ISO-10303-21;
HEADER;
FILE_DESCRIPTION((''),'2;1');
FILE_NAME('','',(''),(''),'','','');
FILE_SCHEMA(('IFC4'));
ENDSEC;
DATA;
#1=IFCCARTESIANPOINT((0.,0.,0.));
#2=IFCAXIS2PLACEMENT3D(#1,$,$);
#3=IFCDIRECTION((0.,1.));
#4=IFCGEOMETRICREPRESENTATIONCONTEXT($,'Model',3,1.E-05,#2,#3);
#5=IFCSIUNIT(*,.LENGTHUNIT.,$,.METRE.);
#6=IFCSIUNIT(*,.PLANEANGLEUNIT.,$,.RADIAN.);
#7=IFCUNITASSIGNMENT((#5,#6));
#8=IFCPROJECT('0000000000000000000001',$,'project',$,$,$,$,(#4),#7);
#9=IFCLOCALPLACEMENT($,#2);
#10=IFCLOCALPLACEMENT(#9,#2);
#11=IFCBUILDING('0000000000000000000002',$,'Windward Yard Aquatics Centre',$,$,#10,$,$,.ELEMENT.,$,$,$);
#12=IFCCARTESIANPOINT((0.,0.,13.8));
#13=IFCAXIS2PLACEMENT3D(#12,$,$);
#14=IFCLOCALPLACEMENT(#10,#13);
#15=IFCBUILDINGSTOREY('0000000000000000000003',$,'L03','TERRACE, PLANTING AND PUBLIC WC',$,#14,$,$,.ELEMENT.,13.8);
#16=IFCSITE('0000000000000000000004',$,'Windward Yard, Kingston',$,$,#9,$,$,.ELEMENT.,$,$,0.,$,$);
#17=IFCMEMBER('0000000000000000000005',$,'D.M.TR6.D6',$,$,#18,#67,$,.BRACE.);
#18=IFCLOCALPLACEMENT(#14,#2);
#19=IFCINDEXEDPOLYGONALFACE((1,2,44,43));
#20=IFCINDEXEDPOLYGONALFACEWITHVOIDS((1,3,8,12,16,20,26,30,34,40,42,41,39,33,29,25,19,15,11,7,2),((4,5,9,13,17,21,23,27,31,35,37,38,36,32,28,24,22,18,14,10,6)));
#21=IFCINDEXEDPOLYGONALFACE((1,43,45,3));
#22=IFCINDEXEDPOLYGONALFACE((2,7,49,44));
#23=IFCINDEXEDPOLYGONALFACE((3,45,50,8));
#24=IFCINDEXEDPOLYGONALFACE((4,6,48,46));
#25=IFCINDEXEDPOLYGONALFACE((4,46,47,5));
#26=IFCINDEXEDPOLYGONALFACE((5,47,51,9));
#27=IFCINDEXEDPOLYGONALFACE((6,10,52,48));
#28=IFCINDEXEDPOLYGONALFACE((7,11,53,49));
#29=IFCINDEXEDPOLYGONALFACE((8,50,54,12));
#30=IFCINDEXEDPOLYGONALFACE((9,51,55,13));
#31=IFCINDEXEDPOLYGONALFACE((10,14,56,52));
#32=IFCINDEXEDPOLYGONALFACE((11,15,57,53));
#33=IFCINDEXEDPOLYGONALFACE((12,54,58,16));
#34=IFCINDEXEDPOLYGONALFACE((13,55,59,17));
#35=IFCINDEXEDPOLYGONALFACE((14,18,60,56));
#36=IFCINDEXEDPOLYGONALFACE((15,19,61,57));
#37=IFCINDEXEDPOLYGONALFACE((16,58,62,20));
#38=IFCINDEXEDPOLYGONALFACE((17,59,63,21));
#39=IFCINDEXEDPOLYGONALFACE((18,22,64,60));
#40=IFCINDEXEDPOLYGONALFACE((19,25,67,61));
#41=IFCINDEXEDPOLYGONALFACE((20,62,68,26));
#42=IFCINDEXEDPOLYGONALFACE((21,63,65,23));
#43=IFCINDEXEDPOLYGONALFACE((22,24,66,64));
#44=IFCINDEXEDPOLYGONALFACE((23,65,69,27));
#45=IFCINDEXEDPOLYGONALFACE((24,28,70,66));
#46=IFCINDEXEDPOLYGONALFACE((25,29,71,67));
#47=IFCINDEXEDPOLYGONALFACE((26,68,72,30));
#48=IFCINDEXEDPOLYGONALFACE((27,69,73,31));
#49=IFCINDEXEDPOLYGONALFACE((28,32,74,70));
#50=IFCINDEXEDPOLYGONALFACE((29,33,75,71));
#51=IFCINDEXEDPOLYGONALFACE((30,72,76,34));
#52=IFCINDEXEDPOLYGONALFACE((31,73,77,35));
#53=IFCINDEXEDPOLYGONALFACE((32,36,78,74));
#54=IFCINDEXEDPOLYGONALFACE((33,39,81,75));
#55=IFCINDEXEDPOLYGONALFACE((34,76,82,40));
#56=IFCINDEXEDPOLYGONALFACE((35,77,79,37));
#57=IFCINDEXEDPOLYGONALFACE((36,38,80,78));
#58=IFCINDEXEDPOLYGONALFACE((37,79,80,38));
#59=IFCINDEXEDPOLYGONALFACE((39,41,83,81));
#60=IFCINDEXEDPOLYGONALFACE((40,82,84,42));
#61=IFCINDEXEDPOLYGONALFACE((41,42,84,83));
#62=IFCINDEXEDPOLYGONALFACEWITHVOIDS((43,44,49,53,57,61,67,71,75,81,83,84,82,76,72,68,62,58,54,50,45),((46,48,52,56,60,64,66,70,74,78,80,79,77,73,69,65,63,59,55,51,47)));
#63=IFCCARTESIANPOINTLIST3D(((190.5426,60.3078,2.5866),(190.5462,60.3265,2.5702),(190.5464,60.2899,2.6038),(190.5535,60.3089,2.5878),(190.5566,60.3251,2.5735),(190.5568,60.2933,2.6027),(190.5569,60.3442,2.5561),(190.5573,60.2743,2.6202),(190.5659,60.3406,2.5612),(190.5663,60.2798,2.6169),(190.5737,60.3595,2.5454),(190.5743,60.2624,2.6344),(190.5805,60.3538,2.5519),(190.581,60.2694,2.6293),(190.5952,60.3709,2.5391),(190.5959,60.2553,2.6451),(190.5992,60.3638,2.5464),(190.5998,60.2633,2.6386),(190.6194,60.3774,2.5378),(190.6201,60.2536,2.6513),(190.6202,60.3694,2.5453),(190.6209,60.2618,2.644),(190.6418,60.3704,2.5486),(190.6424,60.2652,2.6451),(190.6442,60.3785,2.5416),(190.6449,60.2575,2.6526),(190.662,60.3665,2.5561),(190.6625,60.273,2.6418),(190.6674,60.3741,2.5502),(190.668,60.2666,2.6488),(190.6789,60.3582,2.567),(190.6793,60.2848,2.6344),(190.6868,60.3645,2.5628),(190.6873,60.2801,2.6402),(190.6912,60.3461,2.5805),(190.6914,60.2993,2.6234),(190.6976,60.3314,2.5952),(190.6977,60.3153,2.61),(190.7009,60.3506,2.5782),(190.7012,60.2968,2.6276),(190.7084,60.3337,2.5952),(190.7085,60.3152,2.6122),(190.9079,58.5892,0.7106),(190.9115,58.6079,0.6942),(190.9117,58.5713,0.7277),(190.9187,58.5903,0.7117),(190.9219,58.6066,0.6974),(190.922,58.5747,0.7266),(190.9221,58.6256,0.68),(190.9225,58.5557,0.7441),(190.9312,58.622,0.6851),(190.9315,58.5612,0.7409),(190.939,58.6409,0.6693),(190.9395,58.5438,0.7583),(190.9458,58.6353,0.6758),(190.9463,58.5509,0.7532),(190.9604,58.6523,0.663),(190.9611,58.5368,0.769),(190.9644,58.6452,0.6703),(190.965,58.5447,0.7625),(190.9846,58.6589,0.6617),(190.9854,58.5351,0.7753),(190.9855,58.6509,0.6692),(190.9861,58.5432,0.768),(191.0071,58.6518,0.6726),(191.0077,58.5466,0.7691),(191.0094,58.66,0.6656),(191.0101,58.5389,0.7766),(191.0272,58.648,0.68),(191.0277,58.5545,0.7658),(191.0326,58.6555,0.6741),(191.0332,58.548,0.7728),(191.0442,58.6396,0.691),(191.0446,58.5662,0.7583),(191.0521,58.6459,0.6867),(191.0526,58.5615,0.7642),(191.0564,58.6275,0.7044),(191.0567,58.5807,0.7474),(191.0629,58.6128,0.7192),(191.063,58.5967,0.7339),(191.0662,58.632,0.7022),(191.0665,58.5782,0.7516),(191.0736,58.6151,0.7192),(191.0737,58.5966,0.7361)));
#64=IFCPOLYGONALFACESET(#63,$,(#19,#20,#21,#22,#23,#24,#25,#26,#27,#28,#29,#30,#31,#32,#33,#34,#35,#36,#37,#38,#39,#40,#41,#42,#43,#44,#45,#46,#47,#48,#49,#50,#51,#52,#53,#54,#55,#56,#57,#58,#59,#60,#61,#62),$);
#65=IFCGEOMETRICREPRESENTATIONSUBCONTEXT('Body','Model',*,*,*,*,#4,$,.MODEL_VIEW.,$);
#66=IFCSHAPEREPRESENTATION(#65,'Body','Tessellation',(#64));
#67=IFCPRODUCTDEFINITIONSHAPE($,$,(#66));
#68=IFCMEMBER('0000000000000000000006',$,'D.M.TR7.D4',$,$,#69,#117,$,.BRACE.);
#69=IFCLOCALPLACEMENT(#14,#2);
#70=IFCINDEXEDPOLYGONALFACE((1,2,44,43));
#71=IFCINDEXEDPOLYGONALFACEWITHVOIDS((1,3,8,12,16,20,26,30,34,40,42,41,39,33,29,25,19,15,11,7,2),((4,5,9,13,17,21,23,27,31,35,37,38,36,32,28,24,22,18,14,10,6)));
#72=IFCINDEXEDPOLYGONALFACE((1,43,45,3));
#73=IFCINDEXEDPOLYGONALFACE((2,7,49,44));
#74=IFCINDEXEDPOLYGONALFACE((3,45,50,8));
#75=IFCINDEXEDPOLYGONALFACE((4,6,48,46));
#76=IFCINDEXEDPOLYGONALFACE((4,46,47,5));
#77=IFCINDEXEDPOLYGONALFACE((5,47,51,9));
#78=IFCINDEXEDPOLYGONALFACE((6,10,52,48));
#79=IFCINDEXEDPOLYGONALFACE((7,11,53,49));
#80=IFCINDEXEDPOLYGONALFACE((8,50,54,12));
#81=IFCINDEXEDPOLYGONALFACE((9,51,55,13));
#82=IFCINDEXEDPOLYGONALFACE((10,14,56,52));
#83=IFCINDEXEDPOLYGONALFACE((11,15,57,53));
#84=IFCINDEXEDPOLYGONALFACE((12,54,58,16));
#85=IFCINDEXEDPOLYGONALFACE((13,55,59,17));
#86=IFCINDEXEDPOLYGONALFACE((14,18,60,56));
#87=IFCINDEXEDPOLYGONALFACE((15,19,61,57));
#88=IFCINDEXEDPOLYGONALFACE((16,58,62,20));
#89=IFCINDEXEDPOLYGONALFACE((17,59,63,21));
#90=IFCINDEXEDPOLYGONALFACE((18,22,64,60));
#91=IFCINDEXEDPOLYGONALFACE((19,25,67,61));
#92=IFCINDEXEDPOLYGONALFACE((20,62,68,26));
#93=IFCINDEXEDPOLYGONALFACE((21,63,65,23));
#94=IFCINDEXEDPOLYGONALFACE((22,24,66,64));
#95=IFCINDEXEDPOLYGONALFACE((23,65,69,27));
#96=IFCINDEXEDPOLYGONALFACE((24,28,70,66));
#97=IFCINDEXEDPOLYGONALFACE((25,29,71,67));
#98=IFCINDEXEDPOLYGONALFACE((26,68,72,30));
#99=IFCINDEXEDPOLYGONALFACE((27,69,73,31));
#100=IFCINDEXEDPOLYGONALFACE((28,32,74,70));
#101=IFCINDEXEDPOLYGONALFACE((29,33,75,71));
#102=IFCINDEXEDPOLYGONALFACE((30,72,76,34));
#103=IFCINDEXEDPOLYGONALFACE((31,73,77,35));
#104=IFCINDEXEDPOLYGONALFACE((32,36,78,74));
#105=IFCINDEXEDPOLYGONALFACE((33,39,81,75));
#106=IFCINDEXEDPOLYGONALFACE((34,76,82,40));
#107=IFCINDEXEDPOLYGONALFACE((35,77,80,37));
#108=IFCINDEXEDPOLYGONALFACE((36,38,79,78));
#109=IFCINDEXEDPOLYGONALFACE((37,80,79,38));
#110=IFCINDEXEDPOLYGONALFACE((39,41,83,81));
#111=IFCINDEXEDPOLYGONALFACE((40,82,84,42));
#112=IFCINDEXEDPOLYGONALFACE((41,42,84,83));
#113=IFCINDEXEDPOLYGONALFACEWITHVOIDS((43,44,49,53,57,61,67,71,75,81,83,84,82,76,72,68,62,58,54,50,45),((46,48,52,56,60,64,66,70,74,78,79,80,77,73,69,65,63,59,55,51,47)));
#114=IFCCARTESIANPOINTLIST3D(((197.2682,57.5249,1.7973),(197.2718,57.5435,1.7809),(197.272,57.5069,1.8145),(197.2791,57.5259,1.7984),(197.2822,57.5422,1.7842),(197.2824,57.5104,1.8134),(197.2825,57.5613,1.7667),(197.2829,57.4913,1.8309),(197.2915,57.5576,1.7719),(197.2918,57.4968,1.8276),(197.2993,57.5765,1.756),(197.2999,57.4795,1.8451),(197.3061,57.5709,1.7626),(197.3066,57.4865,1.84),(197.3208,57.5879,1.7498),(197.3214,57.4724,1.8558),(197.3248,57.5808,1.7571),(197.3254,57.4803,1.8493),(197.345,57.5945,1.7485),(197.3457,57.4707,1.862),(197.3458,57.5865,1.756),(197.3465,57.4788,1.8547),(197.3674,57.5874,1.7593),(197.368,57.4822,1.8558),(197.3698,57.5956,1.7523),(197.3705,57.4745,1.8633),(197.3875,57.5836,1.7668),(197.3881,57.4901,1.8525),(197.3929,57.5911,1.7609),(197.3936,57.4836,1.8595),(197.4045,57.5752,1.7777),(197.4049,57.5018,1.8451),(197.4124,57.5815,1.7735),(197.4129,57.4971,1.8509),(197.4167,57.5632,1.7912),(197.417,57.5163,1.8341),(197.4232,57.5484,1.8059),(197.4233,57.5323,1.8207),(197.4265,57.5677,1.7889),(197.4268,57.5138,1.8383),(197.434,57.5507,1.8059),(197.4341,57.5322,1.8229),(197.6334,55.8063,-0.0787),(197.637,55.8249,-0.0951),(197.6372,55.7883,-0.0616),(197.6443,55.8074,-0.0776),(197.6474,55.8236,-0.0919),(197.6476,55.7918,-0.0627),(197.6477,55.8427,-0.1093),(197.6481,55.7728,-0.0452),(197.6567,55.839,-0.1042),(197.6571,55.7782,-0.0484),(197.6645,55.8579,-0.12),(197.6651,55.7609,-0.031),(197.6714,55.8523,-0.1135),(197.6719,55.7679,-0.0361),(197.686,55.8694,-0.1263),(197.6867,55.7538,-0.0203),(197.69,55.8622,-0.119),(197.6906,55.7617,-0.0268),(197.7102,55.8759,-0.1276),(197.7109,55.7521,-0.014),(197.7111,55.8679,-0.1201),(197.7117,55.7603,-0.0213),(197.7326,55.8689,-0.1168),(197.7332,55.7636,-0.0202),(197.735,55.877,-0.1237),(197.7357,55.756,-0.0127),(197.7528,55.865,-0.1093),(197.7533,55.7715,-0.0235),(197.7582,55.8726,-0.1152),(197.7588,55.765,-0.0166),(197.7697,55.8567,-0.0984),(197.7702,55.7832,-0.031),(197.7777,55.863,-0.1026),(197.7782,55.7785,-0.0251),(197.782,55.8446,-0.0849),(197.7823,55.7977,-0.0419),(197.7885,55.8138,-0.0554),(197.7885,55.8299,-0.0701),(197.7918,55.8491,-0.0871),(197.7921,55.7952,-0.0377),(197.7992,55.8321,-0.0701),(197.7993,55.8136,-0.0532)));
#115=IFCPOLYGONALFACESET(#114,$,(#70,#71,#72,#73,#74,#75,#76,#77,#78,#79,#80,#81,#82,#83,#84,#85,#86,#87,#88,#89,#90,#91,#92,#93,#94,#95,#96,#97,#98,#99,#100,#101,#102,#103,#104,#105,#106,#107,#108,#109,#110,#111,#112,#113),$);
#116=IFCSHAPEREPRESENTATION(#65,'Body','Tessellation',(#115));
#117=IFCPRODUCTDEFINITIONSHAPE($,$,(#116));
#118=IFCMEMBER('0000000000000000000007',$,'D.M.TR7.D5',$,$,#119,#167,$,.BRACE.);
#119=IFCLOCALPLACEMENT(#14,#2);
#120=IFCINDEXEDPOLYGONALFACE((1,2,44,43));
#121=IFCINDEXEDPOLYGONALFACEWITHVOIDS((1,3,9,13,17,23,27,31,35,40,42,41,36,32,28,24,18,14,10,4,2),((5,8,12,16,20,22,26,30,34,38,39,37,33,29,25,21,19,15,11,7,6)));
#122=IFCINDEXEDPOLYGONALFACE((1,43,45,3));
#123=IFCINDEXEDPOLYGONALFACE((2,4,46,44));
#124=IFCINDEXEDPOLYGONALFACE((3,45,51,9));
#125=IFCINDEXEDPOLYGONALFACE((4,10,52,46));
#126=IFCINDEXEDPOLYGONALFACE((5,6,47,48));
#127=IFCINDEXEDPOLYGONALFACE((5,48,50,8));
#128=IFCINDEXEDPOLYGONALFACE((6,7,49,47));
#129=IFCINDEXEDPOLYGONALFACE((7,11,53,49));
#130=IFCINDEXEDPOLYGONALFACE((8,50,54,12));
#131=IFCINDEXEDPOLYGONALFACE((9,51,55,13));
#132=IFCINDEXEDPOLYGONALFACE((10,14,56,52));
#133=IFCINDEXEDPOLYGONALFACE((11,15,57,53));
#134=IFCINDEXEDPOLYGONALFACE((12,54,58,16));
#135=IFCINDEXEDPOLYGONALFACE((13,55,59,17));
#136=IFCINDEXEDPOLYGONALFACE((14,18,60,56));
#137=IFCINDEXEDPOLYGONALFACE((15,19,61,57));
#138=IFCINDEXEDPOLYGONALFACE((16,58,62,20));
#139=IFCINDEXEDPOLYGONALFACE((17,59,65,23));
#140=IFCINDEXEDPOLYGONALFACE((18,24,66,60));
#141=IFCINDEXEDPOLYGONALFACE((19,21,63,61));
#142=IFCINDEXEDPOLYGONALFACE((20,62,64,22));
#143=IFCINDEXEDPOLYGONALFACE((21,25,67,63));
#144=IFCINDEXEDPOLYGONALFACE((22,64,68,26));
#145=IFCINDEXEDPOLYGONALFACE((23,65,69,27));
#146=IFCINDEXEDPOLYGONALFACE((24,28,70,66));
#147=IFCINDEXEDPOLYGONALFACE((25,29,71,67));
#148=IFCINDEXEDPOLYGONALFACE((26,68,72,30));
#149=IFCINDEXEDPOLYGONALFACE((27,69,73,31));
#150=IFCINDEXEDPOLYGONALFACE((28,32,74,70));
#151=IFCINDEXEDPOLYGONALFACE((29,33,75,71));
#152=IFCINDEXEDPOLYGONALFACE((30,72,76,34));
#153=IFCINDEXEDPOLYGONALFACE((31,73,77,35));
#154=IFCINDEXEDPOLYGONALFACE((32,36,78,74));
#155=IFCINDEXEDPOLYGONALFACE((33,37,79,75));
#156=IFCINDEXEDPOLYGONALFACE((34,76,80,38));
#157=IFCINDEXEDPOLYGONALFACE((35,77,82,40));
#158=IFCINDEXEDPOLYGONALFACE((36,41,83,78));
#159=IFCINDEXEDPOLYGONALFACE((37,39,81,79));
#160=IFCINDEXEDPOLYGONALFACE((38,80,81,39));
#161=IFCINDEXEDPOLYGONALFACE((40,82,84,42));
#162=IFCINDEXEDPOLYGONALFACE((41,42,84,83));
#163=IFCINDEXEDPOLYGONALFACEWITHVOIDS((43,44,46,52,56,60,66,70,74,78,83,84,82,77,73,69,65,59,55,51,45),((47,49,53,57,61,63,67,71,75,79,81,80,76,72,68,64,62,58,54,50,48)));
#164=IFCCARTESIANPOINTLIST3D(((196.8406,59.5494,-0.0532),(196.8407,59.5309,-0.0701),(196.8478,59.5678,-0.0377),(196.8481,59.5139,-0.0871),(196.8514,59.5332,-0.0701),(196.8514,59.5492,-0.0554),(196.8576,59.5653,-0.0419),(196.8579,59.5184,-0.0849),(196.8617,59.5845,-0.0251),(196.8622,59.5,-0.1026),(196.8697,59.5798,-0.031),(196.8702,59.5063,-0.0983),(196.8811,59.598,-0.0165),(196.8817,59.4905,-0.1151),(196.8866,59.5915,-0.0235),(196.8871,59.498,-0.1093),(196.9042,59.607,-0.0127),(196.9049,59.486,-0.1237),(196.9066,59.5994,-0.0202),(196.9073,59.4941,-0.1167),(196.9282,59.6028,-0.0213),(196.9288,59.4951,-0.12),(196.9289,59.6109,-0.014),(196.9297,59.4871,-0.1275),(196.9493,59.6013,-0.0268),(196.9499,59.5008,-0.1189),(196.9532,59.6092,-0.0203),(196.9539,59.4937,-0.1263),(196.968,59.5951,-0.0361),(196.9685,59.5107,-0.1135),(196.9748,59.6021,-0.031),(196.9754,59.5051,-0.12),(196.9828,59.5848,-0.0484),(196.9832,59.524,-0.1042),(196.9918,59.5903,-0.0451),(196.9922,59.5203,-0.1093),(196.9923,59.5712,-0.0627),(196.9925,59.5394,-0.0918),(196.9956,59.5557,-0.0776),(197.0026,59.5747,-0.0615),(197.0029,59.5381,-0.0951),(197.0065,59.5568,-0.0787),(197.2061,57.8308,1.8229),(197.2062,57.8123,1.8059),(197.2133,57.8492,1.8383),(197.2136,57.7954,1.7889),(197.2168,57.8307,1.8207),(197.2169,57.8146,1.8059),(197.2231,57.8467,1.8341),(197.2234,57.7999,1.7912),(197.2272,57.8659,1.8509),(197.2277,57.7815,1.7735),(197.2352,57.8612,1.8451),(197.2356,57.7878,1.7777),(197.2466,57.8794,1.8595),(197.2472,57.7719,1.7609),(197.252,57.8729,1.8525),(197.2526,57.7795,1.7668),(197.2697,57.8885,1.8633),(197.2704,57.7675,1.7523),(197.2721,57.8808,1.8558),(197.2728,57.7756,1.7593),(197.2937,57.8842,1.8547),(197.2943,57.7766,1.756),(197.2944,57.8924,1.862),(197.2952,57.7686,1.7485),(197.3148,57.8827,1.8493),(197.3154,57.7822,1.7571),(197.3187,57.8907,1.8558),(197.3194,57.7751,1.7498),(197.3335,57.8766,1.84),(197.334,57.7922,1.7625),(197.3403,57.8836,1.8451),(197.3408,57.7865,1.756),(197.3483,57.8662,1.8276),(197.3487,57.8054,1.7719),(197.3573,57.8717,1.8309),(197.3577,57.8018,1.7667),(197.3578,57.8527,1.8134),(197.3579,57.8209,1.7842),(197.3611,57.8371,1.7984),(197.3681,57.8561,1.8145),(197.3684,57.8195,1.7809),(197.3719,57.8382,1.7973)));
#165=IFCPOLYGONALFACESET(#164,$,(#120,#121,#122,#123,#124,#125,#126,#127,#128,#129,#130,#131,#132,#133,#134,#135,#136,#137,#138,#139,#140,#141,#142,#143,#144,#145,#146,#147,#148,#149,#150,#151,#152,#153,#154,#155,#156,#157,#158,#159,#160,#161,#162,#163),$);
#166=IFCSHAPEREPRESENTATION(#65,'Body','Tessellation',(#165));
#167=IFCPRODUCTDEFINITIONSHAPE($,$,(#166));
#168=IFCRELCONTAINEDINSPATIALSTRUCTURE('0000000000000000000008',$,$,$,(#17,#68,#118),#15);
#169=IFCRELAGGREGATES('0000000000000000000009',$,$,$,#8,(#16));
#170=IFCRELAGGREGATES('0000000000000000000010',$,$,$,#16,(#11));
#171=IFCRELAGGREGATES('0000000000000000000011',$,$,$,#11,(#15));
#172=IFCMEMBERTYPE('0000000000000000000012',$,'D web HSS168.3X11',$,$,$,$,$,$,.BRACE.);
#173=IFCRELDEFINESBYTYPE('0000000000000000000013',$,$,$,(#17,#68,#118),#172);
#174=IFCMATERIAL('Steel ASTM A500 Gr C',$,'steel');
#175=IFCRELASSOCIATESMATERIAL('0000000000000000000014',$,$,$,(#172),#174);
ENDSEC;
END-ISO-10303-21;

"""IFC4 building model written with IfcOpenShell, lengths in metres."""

from ifc_helpers import new_model, si_unit, direction, frame, origin, origin_2d, place, context, subcontext, project, spatial, hollow_circle, extrude, material, material_profile, profile_set, type_object, element, save


model = new_model("IFC4")

# Units and contexts
model_context = context("Model", 3, precision=1e-05, world=origin(), true_north=direction((0.0, 1.0)))
body_context = subcontext(model_context, "Body", "Model", "MODEL_VIEW")
ifc_project = project(units=[si_unit("LENGTHUNIT", "METRE"), si_unit("PLANEANGLEUNIT", "RADIAN")], contexts=[model_context])

# Site, building, storey
site_placement = place(None, origin())
site = spatial("IfcSite", under=ifc_project, at=site_placement, Name="Windward Yard, Kingston", CompositionType="ELEMENT", RefElevation=0.0)
building_placement = place(site_placement, origin())
building = spatial("IfcBuilding", under=site, at=building_placement, Name="Windward Yard Aquatics Centre", CompositionType="ELEMENT")
storey_placement = place(building_placement, frame((0.0, 0.0, 13.8)))
storey = spatial("IfcBuildingStorey", under=building, at=storey_placement, Name="L03", Description="TERRACE, PLANTING AND PUBLIC WC", CompositionType="ELEMENT", Elevation=13.8)

# Members
ifc_material_1 = material(Name="Steel ASTM A500 Gr C", Category="steel")
ifc_material_profile_1 = material_profile(ifc_material_1, hollow_circle(Radius=0.0842, WallThickness=0.011, at=origin_2d()), Name="HSS168.3X11")
ifc_profile_set_1 = profile_set([ifc_material_profile_1], Name="Steel ASTM A500 Gr C")
member_type_1 = type_object("IfcMemberType", Name="D web HSS168.3X11", PredefinedType="BRACE", material=ifc_profile_set_1)
for number, where, z_axis, x_axis, name in (
    (1, (190.626, 60.3162, 2.5952), (0.142103, -0.668626, -0.729894), (0.978153, 0.207887, 0.0), "D.M.TR6.D6"),
    (2, (197.3516, 57.5332, 1.8059), (0.142103, -0.668626, -0.729894), (0.978153, 0.207887, 0.0), "D.M.TR7.D4"),
    (3, (197.2886, 57.8298, 1.8059), (-0.142196, 0.668617, -0.729884), (-0.978125, -0.20802, 0.0), "D.M.TR7.D5"),
):
    element("IfcMember", number, at=place(storey_placement, frame(where, z_axis=z_axis, x_axis=x_axis)), inside=storey, type_object=member_type_1, Name=name, PredefinedType="BRACE", context=body_context, shape_type="SweptSolid", body=[
        extrude(hollow_circle(Radius=0.0842, WallThickness=0.011, at=origin_2d()), origin(), (0.0, 0.0, 1.0), 2.5703),
    ])

save(model, "model.ifc")
